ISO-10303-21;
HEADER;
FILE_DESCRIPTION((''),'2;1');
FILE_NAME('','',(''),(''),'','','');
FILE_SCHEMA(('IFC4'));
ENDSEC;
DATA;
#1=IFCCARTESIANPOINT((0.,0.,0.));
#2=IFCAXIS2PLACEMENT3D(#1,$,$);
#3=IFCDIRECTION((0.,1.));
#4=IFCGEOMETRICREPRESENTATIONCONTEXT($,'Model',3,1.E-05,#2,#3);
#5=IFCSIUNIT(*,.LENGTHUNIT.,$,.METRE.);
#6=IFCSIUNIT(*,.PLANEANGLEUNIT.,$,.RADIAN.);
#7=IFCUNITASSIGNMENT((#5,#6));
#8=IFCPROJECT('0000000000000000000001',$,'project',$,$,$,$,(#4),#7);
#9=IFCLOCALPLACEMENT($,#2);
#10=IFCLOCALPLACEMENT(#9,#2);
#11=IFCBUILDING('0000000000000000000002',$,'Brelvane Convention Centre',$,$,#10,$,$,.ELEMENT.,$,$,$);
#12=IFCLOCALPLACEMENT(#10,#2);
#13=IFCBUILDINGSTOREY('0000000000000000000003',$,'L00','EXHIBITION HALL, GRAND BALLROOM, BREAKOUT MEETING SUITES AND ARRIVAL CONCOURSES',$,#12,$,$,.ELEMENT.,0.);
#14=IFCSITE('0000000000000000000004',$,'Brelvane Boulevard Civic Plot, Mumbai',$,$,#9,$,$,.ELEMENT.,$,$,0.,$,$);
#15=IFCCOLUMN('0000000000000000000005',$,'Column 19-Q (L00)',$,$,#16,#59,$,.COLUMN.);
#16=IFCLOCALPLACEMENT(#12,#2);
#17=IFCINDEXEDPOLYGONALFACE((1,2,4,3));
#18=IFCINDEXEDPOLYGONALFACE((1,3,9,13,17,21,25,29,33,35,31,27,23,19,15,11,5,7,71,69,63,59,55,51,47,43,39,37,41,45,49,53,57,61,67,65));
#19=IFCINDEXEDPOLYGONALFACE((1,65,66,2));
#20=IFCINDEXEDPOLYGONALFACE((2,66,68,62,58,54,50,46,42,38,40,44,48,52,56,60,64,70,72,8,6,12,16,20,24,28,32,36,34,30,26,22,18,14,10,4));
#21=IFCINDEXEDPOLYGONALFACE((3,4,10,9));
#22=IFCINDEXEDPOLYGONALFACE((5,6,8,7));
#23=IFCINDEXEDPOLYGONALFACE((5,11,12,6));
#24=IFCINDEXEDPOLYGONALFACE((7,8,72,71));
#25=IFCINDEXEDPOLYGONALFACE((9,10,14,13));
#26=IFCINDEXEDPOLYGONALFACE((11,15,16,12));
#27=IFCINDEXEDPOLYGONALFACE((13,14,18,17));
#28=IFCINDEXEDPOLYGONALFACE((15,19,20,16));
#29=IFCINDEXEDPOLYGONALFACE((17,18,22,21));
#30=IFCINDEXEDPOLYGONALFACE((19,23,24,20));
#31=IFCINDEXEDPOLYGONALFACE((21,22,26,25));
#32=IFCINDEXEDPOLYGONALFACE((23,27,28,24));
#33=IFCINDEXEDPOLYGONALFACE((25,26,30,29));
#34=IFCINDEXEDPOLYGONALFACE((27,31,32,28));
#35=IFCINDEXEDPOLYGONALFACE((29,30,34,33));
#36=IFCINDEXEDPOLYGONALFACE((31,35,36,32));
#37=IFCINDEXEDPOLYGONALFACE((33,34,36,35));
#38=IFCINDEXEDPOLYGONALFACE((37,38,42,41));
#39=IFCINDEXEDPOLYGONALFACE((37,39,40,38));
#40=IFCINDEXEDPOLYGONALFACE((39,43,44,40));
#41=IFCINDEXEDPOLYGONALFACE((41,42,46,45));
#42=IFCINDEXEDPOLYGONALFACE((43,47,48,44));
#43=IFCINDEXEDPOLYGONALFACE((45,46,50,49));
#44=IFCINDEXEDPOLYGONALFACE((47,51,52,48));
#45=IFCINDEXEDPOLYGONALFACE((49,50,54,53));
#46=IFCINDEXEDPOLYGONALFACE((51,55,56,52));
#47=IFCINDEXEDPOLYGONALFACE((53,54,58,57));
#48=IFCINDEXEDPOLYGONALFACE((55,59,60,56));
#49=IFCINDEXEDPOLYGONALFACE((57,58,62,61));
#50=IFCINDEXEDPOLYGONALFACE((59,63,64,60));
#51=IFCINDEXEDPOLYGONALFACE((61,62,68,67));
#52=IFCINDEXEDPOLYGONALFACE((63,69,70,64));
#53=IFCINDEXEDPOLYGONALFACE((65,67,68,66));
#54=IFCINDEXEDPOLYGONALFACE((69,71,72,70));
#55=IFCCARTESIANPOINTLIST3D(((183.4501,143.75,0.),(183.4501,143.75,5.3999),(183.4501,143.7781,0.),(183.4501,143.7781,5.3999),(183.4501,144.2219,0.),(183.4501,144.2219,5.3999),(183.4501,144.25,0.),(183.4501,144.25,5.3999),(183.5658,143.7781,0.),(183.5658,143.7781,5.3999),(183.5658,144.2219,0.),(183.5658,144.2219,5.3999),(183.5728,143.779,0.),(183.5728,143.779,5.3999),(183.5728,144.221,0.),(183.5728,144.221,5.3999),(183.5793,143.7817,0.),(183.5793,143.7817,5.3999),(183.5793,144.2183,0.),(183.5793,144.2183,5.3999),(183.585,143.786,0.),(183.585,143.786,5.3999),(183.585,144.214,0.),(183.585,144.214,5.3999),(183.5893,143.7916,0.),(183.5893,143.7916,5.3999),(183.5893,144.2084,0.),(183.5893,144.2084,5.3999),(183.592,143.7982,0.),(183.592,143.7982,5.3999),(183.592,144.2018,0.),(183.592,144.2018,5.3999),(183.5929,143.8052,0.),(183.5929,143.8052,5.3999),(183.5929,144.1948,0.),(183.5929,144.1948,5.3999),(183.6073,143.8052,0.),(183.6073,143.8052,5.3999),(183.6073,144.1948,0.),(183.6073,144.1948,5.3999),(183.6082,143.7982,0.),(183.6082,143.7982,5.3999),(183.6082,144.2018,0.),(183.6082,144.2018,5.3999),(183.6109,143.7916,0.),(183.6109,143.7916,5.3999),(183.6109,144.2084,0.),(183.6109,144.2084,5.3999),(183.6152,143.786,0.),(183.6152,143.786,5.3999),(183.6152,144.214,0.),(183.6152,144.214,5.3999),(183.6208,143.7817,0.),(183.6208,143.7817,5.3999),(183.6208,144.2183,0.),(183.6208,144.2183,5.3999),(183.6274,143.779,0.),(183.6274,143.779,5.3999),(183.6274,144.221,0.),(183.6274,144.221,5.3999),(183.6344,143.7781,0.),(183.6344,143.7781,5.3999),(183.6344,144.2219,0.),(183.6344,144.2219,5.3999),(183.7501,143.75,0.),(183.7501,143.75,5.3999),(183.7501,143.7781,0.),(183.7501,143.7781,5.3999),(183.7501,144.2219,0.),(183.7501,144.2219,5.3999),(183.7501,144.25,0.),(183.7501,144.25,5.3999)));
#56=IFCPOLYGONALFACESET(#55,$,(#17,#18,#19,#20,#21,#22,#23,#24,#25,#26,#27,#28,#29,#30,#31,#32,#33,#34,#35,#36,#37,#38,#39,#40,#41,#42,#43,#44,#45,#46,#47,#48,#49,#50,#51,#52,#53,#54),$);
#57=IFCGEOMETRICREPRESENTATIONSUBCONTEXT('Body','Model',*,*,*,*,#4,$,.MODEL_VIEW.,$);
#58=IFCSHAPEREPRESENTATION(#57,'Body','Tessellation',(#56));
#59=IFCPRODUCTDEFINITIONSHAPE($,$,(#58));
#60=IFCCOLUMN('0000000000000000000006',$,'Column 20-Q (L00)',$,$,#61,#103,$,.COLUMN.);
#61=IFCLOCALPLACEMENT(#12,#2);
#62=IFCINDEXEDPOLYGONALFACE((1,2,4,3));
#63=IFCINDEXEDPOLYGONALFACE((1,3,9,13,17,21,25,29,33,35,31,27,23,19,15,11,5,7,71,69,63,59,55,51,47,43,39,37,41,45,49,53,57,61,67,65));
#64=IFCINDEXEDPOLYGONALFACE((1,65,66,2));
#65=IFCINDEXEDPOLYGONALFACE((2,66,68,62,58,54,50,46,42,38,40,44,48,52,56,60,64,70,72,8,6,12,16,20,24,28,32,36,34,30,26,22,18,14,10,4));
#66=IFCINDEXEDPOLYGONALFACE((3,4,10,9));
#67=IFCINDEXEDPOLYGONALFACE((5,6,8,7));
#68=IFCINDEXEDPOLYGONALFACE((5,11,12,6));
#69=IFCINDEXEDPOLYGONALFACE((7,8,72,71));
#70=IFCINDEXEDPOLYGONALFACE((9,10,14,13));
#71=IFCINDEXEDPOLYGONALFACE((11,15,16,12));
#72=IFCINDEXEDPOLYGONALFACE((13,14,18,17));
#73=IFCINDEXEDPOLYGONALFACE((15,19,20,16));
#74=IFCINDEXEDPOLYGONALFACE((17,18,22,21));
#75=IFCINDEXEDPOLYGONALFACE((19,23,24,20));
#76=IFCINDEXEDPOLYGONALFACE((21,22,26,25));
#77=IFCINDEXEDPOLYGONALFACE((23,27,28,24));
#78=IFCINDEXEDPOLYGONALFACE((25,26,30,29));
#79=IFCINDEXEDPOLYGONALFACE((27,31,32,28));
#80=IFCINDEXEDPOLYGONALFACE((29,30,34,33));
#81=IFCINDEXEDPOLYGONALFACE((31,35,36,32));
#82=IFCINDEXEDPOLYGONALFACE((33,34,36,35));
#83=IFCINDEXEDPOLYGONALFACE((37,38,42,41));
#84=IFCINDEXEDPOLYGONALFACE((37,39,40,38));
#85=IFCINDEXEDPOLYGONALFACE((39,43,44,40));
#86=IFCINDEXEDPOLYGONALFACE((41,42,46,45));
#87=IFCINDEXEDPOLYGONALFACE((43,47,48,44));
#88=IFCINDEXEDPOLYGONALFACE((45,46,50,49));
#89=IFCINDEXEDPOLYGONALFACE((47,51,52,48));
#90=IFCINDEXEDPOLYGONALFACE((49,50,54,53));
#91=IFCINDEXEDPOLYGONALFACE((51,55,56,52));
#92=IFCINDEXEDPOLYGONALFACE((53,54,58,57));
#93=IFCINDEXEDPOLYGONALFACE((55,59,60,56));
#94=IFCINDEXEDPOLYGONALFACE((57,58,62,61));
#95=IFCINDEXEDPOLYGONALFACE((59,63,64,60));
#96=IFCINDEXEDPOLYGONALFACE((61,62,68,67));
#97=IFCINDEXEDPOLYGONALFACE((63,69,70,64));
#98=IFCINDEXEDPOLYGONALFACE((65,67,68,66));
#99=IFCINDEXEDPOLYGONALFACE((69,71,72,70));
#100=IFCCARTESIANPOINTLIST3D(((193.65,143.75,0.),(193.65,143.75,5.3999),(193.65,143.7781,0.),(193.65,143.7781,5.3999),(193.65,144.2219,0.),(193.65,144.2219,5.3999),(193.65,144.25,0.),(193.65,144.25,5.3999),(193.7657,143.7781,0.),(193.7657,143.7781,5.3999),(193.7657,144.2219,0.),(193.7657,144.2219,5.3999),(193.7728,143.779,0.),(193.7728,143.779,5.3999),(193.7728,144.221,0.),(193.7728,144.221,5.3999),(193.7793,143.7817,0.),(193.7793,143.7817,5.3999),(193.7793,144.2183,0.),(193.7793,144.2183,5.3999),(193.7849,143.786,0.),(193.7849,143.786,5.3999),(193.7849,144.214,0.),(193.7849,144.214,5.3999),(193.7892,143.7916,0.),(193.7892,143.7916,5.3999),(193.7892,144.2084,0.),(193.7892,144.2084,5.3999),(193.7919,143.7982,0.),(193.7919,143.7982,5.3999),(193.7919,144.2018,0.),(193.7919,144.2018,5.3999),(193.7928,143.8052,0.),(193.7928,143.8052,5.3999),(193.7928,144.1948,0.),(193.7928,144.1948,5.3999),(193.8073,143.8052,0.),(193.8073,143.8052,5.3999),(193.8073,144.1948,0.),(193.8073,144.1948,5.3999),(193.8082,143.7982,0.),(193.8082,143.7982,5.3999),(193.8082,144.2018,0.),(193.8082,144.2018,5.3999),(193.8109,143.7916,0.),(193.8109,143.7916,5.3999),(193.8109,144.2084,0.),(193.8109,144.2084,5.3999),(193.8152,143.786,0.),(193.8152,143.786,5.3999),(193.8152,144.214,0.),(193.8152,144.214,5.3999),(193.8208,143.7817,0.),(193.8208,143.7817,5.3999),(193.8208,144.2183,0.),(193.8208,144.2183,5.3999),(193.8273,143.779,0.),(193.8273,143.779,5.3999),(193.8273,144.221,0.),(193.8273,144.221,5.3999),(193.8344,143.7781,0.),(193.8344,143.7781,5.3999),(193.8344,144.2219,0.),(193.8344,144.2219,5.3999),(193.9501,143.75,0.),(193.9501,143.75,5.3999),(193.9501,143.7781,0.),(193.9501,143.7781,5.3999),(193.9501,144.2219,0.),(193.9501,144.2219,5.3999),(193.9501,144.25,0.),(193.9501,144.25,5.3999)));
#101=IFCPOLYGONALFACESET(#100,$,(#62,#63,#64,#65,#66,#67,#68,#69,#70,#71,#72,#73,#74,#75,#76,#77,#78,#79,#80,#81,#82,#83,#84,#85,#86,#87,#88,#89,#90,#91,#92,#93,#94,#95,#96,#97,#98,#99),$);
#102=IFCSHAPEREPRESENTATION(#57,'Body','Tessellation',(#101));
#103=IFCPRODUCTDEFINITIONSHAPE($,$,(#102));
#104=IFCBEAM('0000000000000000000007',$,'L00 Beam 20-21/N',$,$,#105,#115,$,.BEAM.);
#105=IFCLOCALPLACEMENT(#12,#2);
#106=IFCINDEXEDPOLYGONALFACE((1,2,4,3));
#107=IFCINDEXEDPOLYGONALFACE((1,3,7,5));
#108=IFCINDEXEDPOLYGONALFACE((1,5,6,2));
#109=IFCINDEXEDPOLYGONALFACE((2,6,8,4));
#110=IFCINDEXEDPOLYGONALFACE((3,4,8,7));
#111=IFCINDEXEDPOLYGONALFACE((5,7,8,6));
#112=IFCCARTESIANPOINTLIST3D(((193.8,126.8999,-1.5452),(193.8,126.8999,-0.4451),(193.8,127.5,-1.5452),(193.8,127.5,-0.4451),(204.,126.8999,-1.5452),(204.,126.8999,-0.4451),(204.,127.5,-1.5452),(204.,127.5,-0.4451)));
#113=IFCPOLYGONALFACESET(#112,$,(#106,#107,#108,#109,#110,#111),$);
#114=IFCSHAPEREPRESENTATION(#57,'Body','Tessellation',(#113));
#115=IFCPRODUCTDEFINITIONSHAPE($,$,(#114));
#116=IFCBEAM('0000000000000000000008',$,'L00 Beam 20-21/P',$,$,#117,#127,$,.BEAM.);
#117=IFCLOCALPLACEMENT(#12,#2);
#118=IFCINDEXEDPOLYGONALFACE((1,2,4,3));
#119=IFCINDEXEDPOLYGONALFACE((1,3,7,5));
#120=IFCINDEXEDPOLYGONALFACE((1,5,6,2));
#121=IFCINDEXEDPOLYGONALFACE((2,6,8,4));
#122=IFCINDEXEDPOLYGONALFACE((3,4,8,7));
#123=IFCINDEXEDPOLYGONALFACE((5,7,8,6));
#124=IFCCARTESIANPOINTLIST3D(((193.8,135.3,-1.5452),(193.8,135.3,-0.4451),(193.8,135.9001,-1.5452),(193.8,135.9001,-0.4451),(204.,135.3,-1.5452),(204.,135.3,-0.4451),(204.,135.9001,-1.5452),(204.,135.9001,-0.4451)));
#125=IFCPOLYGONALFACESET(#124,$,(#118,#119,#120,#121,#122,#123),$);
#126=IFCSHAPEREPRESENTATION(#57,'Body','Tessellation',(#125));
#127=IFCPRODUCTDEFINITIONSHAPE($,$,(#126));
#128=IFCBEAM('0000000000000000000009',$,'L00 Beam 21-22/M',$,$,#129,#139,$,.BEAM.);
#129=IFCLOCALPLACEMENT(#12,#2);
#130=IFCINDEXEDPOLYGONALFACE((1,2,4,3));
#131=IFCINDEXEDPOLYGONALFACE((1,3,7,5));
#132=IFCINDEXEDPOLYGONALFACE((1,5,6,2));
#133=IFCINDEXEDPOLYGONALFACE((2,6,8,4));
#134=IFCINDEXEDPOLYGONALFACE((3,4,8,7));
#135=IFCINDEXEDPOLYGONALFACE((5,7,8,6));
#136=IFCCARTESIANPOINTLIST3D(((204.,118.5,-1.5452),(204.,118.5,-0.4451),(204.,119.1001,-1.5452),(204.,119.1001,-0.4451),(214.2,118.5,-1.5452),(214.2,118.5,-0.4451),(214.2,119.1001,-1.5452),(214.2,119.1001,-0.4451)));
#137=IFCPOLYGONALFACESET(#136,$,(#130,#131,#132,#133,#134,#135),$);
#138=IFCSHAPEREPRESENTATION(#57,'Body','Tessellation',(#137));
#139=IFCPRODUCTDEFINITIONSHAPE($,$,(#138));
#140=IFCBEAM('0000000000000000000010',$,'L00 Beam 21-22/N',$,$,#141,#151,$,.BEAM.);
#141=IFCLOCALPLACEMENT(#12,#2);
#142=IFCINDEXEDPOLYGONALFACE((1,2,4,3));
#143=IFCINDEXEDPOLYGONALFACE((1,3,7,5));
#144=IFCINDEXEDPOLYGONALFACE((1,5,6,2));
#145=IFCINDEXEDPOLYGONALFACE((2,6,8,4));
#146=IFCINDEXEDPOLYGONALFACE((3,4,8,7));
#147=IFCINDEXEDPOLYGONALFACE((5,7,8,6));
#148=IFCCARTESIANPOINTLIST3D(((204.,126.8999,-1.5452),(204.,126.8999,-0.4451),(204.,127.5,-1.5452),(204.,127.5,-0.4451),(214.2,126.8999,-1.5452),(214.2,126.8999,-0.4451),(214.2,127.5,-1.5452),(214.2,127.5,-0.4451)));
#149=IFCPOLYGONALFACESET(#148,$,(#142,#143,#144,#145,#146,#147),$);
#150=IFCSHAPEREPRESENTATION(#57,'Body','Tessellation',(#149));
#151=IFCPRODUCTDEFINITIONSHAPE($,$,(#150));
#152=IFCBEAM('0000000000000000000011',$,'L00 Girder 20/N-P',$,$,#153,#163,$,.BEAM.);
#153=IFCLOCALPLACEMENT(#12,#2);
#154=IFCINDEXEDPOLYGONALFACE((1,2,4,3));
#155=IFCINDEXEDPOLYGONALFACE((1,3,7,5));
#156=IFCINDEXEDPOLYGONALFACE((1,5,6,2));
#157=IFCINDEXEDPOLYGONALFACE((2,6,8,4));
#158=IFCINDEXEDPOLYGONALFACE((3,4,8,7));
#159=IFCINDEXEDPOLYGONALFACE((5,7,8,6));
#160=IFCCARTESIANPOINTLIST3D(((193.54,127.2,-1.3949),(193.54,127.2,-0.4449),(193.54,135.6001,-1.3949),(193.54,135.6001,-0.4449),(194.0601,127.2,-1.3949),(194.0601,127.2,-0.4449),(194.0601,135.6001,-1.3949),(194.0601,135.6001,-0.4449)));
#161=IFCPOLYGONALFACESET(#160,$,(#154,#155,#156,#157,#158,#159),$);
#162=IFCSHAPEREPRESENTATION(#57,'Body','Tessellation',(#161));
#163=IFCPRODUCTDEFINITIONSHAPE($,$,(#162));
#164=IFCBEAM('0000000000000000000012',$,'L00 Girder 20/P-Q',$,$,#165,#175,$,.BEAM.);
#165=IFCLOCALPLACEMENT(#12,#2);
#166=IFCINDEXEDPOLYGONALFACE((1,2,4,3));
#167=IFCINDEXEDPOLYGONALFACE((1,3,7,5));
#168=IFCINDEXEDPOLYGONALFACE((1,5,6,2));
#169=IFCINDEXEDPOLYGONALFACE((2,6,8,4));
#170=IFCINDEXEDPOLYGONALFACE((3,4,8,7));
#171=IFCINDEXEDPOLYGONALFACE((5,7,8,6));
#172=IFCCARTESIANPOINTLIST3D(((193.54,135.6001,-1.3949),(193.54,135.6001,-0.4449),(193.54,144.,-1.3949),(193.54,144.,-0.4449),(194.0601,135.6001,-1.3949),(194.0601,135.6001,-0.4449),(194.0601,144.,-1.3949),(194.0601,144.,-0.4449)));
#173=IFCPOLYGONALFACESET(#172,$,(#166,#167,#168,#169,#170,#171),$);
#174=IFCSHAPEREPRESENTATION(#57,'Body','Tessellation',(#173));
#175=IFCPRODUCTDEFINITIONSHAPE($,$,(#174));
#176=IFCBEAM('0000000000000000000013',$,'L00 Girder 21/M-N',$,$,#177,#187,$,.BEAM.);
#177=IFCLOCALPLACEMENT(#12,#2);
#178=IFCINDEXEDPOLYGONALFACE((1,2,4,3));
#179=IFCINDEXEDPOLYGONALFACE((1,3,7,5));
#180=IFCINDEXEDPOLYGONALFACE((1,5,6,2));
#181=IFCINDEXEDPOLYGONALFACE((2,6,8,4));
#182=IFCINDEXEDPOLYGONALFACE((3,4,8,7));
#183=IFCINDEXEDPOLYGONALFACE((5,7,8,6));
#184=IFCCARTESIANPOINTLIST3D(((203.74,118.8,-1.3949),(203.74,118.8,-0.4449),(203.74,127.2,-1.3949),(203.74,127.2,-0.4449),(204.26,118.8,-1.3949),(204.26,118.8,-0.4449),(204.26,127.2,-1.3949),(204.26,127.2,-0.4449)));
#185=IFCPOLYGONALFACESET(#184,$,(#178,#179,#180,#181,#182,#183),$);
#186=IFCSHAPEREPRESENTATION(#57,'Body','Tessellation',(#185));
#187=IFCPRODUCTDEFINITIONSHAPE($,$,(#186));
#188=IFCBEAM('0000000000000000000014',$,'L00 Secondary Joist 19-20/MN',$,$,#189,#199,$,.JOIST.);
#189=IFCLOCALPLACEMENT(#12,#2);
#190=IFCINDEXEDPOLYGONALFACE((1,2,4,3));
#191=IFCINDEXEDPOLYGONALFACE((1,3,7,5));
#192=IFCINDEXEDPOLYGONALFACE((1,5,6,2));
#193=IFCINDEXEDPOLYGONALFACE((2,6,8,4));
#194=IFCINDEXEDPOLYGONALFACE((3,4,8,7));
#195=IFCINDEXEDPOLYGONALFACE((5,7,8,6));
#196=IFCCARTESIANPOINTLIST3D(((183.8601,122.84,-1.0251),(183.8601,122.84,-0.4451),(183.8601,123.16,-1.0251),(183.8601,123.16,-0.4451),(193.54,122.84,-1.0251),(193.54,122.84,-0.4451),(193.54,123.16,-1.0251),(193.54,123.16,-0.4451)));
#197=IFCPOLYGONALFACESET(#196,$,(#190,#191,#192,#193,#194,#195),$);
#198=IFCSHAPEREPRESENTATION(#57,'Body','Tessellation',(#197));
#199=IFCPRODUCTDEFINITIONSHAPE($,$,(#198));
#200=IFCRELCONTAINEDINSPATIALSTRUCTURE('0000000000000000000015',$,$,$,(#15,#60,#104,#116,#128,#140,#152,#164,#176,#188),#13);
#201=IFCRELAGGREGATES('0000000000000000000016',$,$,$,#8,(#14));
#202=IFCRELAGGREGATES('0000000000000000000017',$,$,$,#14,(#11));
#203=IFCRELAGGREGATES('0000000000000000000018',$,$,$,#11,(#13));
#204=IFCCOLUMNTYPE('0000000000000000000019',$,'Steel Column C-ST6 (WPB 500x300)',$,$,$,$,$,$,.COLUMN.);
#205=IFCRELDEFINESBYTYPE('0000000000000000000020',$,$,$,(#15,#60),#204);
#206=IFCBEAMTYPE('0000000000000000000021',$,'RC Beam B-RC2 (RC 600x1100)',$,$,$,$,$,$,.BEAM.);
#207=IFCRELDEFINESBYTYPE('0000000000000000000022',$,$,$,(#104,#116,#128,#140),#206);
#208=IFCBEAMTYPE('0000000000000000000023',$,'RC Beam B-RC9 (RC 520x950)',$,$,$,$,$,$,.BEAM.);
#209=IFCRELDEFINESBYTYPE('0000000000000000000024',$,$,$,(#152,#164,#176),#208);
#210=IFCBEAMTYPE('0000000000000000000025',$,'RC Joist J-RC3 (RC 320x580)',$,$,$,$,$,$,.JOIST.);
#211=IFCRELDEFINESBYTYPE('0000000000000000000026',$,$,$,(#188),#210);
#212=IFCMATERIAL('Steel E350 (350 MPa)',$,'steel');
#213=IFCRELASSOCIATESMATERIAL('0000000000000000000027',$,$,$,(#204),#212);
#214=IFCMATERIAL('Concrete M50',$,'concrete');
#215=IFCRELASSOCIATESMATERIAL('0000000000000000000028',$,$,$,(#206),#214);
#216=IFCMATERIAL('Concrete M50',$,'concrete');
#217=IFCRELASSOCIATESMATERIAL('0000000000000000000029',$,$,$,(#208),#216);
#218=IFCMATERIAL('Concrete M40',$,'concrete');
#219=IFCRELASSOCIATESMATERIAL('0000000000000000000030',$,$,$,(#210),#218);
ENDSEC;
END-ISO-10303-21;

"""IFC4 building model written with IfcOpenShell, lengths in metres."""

from ifc_helpers import new_model, si_unit, direction, frame, origin, origin_2d, place, context, subcontext, project, spatial, rectangle, i_section, extrude, material, material_profile, profile_set, type_object, element, save


model = new_model("IFC4")

# Units and contexts
model_context = context("Model", 3, precision=1e-05, world=origin(), true_north=direction((0.0, 1.0)))
body_context = subcontext(model_context, "Body", "Model", "MODEL_VIEW")
ifc_project = project(units=[si_unit("LENGTHUNIT", "METRE"), si_unit("PLANEANGLEUNIT", "RADIAN")], contexts=[model_context])

# Site, building, storey
site_placement = place(None, origin())
site = spatial("IfcSite", under=ifc_project, at=site_placement, Name="Brelvane Boulevard Civic Plot, Mumbai", CompositionType="ELEMENT", RefElevation=0.0)
building_placement = place(site_placement, origin())
building = spatial("IfcBuilding", under=site, at=building_placement, Name="Brelvane Convention Centre", CompositionType="ELEMENT")
storey_placement = place(building_placement, origin())
storey = spatial("IfcBuildingStorey", under=building, at=storey_placement, Name="L00", Description="EXHIBITION HALL, GRAND BALLROOM, BREAKOUT MEETING SUITES AND ARRIVAL CONCOURSES", CompositionType="ELEMENT", Elevation=0.0)

# Columns
ifc_material_1 = material(Name="Steel E350 (350 MPa)", Category="steel")
ifc_material_profile_1 = material_profile(ifc_material_1, i_section(OverallWidth=0.3, OverallDepth=0.5, WebThickness=0.0144, FlangeThickness=0.0281, FilletRadius=0.0271, at=origin_2d()), Name="WPB 500x300")
ifc_profile_set_1 = profile_set([ifc_material_profile_1], Name="Steel E350 (350 MPa)")
column_type = type_object("IfcColumnType", Name="Steel Column C-ST6 (WPB 500x300)", PredefinedType="COLUMN", material=ifc_profile_set_1)
for number, where, z_axis, x_axis, name in (
    (1, (183.6001, 144.0, 0.0), (0.0, 0.0, 1.0), (1.0, 0.0, 0.0), "Column 19-Q (L00)"),
    (2, (193.8, 144.0, 0.0), (0.0, 0.0, 1.0), (1.0, 0.0, 0.0), "Column 20-Q (L00)"),
):
    element("IfcColumn", number, at=place(storey_placement, frame(where, z_axis=z_axis, x_axis=x_axis)), inside=storey, type_object=column_type, Name=name, PredefinedType="COLUMN", context=body_context, shape_type="SweptSolid", body=[
        extrude(i_section(OverallWidth=0.3, OverallDepth=0.5, WebThickness=0.0144, FlangeThickness=0.0281, FilletRadius=0.0271, at=origin_2d()), origin(), (0.0, 0.0, 1.0), 5.3999),
    ])

# Beams
ifc_material_2 = material(Name="Concrete M50", Category="concrete")
ifc_material_profile_2 = material_profile(ifc_material_2, rectangle(XDim=0.6001, YDim=1.1001, at=origin_2d()), Name="RC 600x1100")
ifc_profile_set_2 = profile_set([ifc_material_profile_2], Name="Concrete M50")
beam_type_1 = type_object("IfcBeamType", Name="RC Beam B-RC2 (RC 600x1100)", PredefinedType="BEAM", material=ifc_profile_set_2)
for number, where, z_axis, x_axis, name in (
    (3, (193.8, 127.2, -0.9951), (1.0, 0.0, 0.0), (0.0, 1.0, 0.0), "L00 Beam 20-21/N"),
    (4, (193.8, 135.6001, -0.9951), (1.0, 0.0, 0.0), (0.0, 1.0, 0.0), "L00 Beam 20-21/P"),
    (5, (204.0, 118.8, -0.9951), (1.0, 0.0, 0.0), (0.0, 1.0, 0.0), "L00 Beam 21-22/M"),
    (6, (204.0, 127.2, -0.9951), (1.0, 0.0, 0.0), (0.0, 1.0, 0.0), "L00 Beam 21-22/N"),
):
    element("IfcBeam", number, at=place(storey_placement, frame(where, z_axis=z_axis, x_axis=x_axis)), inside=storey, type_object=beam_type_1, Name=name, PredefinedType="BEAM", context=body_context, shape_type="SweptSolid", body=[
        extrude(rectangle(XDim=0.6001, YDim=1.1001, at=origin_2d()), origin(), (0.0, 0.0, 1.0), 10.2),
    ])
ifc_material_3 = material(Name="Concrete M50", Category="concrete")
ifc_material_profile_3 = material_profile(ifc_material_3, rectangle(XDim=0.52, YDim=0.95, at=origin_2d()), Name="RC 520x950")
ifc_profile_set_3 = profile_set([ifc_material_profile_3], Name="Concrete M50")
beam_type_2 = type_object("IfcBeamType", Name="RC Beam B-RC9 (RC 520x950)", PredefinedType="BEAM", material=ifc_profile_set_3)
beam_placement = place(storey_placement, frame((193.8, 127.2, -0.9199), z_axis=(0.0, 1.0, 0.0), x_axis=(-1.0, 0.0, 0.0)))
element("IfcBeam", 7, at=beam_placement, inside=storey, type_object=beam_type_2, Name="L00 Girder 20/N-P", PredefinedType="BEAM", context=body_context, shape_type="SweptSolid", body=[
    extrude(rectangle(XDim=0.52, YDim=0.95, at=origin_2d()), origin(), (0.0, 0.0, 1.0), 8.4001),
])
for number, where, z_axis, x_axis, name in (
    (8, (193.8, 135.6001, -0.9199), (0.0, 1.0, 0.0), (-1.0, 0.0, 0.0), "L00 Girder 20/P-Q"),
    (9, (204.0, 118.8, -0.9199), (0.0, 1.0, 0.0), (-1.0, 0.0, 0.0), "L00 Girder 21/M-N"),
):
    element("IfcBeam", number, at=place(storey_placement, frame(where, z_axis=z_axis, x_axis=x_axis)), inside=storey, type_object=beam_type_2, Name=name, PredefinedType="BEAM", context=body_context, shape_type="SweptSolid", body=[
        extrude(rectangle(XDim=0.52, YDim=0.95, at=origin_2d()), origin(), (0.0, 0.0, 1.0), 8.3999),
    ])
ifc_material_4 = material(Name="Concrete M40", Category="concrete")
ifc_material_profile_4 = material_profile(ifc_material_4, rectangle(XDim=0.3201, YDim=0.5801, at=origin_2d()), Name="RC 320x580")
ifc_profile_set_4 = profile_set([ifc_material_profile_4], Name="Concrete M40")
beam_type_3 = type_object("IfcBeamType", Name="RC Joist J-RC3 (RC 320x580)", PredefinedType="JOIST", material=ifc_profile_set_4)
for number, where, z_axis, x_axis, name in (
    (10, (183.8601, 123.0, -0.7351), (1.0, 0.0, 0.0), (0.0, 1.0, 0.0), "L00 Secondary Joist 19-20/MN"),
):
    element("IfcBeam", number, at=place(storey_placement, frame(where, z_axis=z_axis, x_axis=x_axis)), inside=storey, type_object=beam_type_3, Name=name, PredefinedType="JOIST", context=body_context, shape_type="SweptSolid", body=[
        extrude(rectangle(XDim=0.3201, YDim=0.5801, at=origin_2d()), origin(), (0.0, 0.0, 1.0), 9.6799),
    ])

save(model, "model.ifc")
